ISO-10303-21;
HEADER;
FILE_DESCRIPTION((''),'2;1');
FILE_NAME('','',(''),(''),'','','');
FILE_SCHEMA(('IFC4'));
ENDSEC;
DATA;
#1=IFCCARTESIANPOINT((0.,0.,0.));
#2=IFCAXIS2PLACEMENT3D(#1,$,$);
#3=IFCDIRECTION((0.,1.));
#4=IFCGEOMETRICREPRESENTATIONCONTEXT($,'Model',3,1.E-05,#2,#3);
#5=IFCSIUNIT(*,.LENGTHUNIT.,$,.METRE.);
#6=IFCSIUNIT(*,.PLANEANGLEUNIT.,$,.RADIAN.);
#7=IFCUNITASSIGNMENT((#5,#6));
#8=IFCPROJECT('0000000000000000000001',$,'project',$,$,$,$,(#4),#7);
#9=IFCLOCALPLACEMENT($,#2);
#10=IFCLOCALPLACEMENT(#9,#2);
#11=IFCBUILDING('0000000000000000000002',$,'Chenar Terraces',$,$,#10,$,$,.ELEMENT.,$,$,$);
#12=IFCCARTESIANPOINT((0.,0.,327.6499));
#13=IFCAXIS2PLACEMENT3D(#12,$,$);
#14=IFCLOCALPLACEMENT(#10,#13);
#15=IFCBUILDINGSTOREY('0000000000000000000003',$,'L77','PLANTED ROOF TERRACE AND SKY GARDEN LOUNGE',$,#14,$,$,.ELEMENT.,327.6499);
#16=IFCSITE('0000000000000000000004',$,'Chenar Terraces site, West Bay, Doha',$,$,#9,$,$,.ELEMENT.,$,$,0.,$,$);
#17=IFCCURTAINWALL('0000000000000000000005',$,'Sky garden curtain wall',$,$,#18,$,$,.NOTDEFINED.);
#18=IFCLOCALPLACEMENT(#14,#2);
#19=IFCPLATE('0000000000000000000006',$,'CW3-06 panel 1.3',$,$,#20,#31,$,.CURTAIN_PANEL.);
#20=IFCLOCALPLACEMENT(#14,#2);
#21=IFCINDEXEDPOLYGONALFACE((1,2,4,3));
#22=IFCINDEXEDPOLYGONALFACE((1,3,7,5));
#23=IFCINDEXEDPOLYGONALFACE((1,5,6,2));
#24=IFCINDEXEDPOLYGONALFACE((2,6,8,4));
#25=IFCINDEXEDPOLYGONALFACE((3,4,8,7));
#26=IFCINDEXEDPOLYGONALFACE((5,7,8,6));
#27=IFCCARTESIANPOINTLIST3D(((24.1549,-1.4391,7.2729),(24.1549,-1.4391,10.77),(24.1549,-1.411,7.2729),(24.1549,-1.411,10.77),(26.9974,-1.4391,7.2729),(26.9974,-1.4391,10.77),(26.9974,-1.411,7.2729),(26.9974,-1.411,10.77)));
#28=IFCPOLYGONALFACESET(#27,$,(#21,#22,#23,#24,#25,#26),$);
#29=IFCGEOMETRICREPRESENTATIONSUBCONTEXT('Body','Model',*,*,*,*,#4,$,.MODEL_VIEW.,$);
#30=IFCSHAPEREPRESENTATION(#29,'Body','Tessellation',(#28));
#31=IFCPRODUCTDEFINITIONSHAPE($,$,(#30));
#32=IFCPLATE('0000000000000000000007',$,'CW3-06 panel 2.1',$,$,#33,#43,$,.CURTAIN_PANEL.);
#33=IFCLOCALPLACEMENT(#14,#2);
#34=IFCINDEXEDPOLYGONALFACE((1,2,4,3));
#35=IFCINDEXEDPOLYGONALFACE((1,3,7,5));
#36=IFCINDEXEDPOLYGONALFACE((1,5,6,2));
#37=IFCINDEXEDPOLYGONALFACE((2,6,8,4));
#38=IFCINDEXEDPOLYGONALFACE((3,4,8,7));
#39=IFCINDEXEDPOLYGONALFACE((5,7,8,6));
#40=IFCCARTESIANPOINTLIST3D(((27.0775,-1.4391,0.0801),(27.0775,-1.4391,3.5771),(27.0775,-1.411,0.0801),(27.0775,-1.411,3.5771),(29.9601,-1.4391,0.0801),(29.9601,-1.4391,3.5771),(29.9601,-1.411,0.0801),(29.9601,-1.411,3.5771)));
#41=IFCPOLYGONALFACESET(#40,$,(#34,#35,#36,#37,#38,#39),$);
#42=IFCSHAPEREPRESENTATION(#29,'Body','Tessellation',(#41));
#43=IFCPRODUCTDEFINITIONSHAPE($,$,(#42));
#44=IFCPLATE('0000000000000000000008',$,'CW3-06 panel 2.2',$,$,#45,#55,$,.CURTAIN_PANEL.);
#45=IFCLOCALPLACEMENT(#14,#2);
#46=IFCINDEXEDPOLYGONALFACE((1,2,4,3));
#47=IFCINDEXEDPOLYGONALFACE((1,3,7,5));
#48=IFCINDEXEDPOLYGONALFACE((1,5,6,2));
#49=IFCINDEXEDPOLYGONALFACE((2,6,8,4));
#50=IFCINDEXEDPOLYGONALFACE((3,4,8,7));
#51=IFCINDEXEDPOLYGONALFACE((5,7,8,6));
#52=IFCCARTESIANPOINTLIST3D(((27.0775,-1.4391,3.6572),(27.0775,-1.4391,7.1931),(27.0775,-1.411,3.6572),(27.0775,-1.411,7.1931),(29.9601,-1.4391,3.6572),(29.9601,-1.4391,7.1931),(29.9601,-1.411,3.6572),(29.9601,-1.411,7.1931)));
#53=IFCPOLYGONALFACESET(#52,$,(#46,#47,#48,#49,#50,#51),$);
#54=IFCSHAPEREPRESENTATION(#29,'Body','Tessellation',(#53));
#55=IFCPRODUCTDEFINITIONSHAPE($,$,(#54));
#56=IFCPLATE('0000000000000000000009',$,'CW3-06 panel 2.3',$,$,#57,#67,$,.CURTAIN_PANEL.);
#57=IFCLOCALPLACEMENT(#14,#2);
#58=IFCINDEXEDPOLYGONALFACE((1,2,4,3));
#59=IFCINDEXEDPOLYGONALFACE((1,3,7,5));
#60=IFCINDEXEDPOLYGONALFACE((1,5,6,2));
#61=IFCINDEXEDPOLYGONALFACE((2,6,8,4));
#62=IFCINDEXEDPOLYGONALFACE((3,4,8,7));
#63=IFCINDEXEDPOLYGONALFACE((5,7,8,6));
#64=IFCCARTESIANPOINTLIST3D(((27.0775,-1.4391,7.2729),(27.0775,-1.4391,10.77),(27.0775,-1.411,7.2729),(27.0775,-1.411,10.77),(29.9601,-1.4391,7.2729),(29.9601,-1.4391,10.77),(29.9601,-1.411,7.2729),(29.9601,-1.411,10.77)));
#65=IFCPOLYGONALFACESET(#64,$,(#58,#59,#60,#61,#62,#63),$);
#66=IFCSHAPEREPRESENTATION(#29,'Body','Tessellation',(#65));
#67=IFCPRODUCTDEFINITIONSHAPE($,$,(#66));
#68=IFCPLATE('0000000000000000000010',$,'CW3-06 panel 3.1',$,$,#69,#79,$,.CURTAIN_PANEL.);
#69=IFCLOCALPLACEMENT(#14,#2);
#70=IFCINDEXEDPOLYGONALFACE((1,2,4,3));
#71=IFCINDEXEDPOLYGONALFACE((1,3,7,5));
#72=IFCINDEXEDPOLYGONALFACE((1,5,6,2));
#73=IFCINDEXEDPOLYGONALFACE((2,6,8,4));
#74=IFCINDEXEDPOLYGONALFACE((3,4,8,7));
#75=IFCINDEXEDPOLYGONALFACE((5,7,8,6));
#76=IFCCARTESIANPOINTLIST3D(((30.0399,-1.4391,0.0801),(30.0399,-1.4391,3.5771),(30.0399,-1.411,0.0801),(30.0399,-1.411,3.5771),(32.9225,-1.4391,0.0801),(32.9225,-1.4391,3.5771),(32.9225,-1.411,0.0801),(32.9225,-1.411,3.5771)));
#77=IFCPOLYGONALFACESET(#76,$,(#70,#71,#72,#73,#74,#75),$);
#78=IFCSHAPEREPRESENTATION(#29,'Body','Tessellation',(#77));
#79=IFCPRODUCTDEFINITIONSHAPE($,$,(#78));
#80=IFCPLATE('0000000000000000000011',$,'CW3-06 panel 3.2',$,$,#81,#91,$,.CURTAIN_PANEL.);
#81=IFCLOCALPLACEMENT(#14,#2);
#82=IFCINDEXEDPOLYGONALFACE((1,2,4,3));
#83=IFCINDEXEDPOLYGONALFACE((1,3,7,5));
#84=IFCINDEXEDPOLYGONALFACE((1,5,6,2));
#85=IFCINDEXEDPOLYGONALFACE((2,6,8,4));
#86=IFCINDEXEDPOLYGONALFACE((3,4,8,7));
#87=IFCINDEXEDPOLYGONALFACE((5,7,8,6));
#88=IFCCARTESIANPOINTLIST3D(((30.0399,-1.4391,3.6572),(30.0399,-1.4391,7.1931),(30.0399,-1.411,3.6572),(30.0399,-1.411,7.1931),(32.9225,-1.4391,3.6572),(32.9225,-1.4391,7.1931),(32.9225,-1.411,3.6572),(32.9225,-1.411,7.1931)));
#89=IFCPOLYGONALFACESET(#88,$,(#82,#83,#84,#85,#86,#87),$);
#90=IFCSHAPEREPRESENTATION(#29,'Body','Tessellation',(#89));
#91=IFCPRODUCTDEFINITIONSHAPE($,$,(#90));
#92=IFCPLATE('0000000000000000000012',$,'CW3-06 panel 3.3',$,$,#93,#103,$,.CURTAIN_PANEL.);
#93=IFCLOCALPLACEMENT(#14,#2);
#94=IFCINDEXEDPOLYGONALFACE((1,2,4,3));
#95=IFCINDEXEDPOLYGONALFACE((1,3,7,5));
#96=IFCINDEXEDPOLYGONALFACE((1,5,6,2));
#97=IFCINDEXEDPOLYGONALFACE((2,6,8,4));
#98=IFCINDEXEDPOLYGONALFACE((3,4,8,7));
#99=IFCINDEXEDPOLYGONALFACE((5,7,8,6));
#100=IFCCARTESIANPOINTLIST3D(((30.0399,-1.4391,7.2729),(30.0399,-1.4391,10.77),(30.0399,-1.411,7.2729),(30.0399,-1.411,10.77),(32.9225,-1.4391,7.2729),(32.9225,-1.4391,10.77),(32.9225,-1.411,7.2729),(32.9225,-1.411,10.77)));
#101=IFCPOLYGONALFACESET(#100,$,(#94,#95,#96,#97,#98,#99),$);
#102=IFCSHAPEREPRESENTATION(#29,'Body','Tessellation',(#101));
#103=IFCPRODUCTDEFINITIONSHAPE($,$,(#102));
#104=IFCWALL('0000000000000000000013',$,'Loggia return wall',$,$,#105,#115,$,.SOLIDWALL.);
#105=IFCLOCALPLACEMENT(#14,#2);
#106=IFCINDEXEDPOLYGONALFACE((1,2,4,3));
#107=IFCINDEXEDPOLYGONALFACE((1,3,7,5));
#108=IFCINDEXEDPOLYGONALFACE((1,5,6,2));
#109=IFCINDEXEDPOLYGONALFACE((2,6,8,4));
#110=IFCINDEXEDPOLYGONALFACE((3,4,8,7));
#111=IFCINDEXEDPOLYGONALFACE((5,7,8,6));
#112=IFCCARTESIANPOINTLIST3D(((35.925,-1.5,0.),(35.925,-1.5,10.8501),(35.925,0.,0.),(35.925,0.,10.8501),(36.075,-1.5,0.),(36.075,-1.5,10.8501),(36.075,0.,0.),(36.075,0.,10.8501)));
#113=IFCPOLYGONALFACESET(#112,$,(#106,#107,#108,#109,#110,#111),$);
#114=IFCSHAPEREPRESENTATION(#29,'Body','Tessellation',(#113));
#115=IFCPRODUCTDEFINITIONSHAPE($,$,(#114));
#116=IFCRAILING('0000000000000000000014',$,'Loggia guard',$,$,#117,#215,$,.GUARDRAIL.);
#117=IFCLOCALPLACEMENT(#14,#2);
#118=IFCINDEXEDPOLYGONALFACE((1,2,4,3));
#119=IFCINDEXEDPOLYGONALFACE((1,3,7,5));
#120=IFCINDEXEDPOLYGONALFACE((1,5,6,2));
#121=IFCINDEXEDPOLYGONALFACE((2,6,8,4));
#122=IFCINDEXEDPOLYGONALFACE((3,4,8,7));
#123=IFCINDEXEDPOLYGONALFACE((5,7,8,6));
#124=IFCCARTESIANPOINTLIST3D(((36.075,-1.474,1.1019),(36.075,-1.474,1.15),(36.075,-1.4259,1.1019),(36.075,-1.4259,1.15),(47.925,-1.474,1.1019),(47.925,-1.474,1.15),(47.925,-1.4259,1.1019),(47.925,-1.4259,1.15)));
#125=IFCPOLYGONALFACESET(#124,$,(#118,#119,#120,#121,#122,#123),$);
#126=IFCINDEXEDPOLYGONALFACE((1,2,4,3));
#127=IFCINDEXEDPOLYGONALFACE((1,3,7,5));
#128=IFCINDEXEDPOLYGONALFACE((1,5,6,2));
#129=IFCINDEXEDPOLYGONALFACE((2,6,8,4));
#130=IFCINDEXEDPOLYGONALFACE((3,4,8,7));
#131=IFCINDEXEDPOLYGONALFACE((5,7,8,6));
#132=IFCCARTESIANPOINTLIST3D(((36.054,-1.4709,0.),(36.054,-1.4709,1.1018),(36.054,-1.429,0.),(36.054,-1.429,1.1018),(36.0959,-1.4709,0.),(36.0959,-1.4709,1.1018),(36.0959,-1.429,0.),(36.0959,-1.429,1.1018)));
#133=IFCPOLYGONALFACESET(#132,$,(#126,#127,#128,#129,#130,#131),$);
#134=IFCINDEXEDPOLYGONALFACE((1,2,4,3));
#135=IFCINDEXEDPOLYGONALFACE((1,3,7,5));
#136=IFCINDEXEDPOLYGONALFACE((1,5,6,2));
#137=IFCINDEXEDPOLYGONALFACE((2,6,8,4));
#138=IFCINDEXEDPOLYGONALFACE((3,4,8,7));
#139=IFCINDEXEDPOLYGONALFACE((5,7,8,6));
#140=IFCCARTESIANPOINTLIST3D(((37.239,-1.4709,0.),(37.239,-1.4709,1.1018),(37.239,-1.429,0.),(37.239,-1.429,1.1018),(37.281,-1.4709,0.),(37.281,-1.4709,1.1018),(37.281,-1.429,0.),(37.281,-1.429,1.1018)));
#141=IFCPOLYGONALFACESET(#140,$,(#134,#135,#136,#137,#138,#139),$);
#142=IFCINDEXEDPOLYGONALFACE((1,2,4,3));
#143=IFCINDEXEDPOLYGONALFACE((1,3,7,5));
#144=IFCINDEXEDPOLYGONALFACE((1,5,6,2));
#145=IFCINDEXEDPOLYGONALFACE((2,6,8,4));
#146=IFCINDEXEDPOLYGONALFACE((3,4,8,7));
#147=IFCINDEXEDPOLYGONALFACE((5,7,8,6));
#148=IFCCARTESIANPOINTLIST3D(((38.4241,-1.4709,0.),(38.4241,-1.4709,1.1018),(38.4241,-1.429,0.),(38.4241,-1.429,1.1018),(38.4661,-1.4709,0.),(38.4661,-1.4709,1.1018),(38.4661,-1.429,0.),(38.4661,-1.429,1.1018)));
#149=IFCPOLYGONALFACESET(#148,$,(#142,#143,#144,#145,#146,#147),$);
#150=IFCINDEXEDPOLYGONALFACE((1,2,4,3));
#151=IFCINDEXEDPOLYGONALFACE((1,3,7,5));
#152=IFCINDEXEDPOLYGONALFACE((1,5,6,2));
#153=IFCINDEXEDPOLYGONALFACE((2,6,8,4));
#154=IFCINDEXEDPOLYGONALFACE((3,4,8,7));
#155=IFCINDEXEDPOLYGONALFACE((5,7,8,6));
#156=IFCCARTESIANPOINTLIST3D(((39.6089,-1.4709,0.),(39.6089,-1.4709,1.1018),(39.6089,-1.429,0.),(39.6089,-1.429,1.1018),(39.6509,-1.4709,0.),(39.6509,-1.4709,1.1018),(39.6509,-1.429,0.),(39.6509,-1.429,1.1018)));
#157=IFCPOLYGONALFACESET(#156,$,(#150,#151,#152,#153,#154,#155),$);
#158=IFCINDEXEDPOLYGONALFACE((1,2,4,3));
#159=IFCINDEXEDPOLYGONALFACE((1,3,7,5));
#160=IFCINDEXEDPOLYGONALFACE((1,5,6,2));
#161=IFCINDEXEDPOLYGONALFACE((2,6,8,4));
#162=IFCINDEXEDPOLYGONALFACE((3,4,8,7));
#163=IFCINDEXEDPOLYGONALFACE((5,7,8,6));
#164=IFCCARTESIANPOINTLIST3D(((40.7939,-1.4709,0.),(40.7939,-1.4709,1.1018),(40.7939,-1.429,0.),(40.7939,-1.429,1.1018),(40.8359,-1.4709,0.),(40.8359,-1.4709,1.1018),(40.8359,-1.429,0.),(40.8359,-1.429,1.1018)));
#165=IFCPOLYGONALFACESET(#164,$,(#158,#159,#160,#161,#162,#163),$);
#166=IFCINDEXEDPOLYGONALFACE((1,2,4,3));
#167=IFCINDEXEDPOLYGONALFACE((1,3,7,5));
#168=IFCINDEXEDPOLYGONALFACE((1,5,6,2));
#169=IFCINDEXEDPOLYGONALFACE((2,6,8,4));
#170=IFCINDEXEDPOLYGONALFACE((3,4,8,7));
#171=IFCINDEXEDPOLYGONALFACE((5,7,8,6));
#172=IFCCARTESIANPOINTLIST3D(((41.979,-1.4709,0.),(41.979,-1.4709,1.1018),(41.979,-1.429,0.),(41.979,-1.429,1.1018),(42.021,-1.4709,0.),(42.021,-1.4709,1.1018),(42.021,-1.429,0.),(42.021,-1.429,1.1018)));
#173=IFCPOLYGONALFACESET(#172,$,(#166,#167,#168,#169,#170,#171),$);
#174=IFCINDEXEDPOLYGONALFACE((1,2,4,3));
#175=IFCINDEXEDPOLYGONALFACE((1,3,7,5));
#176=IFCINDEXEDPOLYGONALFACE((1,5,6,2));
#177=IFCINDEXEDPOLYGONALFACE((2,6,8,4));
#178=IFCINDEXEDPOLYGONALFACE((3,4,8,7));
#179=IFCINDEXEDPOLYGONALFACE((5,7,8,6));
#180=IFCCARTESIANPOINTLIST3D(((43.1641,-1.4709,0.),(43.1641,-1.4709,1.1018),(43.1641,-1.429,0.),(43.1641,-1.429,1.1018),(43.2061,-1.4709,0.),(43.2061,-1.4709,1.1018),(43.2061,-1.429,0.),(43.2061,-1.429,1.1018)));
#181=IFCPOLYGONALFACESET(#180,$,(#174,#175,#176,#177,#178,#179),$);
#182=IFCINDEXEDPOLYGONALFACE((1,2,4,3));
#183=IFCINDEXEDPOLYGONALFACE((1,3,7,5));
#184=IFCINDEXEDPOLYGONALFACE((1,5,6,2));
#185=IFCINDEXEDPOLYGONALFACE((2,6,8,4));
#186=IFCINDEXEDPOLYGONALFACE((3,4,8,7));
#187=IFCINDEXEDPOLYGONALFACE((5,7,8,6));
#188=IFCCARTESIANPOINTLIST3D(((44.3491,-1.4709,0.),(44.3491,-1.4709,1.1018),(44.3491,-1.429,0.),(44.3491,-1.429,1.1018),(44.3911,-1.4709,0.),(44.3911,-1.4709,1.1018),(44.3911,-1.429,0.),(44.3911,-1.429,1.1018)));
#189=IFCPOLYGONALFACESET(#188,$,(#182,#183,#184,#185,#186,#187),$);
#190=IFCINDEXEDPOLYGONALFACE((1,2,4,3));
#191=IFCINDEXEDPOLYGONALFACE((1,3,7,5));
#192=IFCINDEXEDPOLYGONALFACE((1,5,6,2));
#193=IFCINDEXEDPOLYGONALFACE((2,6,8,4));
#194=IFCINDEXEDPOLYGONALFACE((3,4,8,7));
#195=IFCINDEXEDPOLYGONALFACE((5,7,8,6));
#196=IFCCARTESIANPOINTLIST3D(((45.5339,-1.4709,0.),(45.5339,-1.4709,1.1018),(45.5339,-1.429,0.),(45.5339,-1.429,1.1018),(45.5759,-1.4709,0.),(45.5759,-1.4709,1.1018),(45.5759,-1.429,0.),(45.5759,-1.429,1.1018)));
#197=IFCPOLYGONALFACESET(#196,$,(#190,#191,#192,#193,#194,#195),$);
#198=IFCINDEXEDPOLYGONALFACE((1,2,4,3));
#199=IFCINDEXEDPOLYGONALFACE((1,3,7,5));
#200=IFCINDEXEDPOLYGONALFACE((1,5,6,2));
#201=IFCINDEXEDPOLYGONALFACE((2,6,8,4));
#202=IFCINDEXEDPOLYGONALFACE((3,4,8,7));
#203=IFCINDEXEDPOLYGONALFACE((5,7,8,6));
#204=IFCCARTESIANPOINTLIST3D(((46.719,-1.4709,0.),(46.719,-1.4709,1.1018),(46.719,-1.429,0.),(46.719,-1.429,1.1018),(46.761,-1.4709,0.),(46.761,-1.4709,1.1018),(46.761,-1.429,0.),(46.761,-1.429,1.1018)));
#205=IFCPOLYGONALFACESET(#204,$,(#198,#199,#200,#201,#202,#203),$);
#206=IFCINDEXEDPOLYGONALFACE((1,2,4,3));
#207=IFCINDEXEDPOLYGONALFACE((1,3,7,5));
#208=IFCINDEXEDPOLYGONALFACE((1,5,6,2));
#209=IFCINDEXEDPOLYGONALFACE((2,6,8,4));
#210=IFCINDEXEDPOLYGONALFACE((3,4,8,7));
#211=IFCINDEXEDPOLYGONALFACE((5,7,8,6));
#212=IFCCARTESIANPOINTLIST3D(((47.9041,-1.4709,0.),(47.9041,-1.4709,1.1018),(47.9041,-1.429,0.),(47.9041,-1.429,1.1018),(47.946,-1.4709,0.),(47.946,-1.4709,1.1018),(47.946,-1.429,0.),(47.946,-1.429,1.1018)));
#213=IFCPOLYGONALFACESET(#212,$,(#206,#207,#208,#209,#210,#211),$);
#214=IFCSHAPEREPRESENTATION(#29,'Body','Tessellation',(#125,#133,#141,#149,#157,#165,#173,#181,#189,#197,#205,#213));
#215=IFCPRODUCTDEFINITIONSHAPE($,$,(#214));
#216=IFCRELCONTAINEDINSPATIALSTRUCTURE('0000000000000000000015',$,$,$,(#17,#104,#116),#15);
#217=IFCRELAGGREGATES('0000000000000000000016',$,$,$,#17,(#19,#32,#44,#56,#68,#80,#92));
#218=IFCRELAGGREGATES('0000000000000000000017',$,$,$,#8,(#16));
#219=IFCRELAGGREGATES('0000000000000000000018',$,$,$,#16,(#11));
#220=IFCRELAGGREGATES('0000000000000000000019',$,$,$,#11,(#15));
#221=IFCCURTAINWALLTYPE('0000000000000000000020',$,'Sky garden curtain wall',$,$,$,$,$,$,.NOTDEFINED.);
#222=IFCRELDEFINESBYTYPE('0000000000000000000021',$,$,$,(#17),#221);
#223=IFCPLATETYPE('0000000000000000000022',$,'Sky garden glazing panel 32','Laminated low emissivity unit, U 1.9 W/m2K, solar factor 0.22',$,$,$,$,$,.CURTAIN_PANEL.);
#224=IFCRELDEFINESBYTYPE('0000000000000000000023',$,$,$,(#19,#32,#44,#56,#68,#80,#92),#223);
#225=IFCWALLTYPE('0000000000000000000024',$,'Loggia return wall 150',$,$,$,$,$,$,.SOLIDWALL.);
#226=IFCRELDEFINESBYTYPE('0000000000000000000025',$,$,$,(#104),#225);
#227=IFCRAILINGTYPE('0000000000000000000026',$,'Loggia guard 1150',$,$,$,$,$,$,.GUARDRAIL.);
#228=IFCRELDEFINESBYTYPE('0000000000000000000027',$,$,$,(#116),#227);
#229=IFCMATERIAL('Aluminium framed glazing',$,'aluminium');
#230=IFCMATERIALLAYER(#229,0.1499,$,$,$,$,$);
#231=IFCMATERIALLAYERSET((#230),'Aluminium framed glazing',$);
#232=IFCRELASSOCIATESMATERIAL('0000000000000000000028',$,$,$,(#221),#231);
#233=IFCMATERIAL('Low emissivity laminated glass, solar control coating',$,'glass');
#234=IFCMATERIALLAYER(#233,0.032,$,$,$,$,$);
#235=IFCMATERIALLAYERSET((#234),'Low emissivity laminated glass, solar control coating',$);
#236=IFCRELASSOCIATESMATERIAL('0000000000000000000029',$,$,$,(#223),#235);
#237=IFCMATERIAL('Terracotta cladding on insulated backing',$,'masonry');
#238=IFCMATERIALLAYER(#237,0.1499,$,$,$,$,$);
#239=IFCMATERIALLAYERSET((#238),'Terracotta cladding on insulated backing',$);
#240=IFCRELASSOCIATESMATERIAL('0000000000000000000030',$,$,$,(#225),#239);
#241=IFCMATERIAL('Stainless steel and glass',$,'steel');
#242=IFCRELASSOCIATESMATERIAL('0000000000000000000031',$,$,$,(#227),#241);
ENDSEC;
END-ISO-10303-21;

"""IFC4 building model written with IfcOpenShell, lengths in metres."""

from ifc_helpers import new_model, si_unit, direction, frame, frame_2d, origin, origin_2d, place, context, subcontext, project, spatial, rectangle, extrude, material, layer, layer_set, type_object, element, aggregate, save


model = new_model("IFC4")

# Units and contexts
model_context = context("Model", 3, precision=1e-05, world=origin(), true_north=direction((0.0, 1.0)))
body_context = subcontext(model_context, "Body", "Model", "MODEL_VIEW")
ifc_project = project(units=[si_unit("LENGTHUNIT", "METRE"), si_unit("PLANEANGLEUNIT", "RADIAN")], contexts=[model_context])

# Site, building, storey
site_placement = place(None, origin())
site = spatial("IfcSite", under=ifc_project, at=site_placement, Name="Chenar Terraces site, West Bay, Doha", CompositionType="ELEMENT", RefElevation=0.0)
building_placement = place(site_placement, origin())
building = spatial("IfcBuilding", under=site, at=building_placement, Name="Chenar Terraces", CompositionType="ELEMENT")
storey_placement = place(building_placement, frame((0.0, 0.0, 327.6499)))
storey = spatial("IfcBuildingStorey", under=building, at=storey_placement, Name="L77", Description="PLANTED ROOF TERRACE AND SKY GARDEN LOUNGE", CompositionType="ELEMENT", Elevation=327.6499)

# Curtain wall, plates
ifc_material_1 = material(Name="Aluminium framed glazing", Category="aluminium")
ifc_layer_1 = layer(ifc_material_1, 0.1499)
ifc_layer_set_1 = layer_set([ifc_layer_1], Name="Aluminium framed glazing")
curtain_wall_type = type_object("IfcCurtainWallType", Name="Sky garden curtain wall", PredefinedType="NOTDEFINED", material=ifc_layer_set_1)
curtain_wall_placement = place(storey_placement, origin())
curtain_wall = element("IfcCurtainWall", 1, at=curtain_wall_placement, inside=storey, type_object=curtain_wall_type, Name="Sky garden curtain wall", PredefinedType="NOTDEFINED")
ifc_material_2 = material(Name="Low emissivity laminated glass, solar control coating", Category="glass")
ifc_layer_2 = layer(ifc_material_2, 0.032)
ifc_layer_set_2 = layer_set([ifc_layer_2], Name="Low emissivity laminated glass, solar control coating")
plate_type = type_object("IfcPlateType", Name="Sky garden glazing panel 32", Description="Laminated low emissivity unit, U 1.9 W/m2K, solar factor 0.22", PredefinedType="CURTAIN_PANEL", material=ifc_layer_set_2)
plate_1_placement = place(storey_placement, frame((25.5762, -1.425, 7.2729), z_axis=(0.0, 0.0, 1.0), x_axis=(1.0, 0.0, 0.0)))
plate_1 = element("IfcPlate", 2, at=plate_1_placement, type_object=plate_type, Name="CW3-06 panel 1.3", PredefinedType="CURTAIN_PANEL", context=body_context, shape_type="SweptSolid", body=[
    extrude(rectangle(XDim=2.8425, YDim=0.0281, at=origin_2d()), origin(), (0.0, 0.0, 1.0), 3.4971),
])
plate_2_placement = place(storey_placement, frame((28.5188, -1.425, 0.0801), z_axis=(0.0, 0.0, 1.0), x_axis=(1.0, 0.0, 0.0)))
plate_2 = element("IfcPlate", 3, at=plate_2_placement, type_object=plate_type, Name="CW3-06 panel 2.1", PredefinedType="CURTAIN_PANEL", context=body_context, shape_type="SweptSolid", body=[
    extrude(rectangle(XDim=2.8826, YDim=0.0281, at=origin_2d()), origin(), (0.0, 0.0, 1.0), 3.4971),
])
plate_3_placement = place(storey_placement, frame((28.5188, -1.425, 3.6572), z_axis=(0.0, 0.0, 1.0), x_axis=(1.0, 0.0, 0.0)))
plate_3 = element("IfcPlate", 4, at=plate_3_placement, type_object=plate_type, Name="CW3-06 panel 2.2", PredefinedType="CURTAIN_PANEL", context=body_context, shape_type="SweptSolid", body=[
    extrude(rectangle(XDim=2.8826, YDim=0.0281, at=origin_2d()), origin(), (0.0, 0.0, 1.0), 3.5359),
])
plate_4_placement = place(storey_placement, frame((28.5188, -1.425, 7.2729), z_axis=(0.0, 0.0, 1.0), x_axis=(1.0, 0.0, 0.0)))
plate_4 = element("IfcPlate", 5, at=plate_4_placement, type_object=plate_type, Name="CW3-06 panel 2.3", PredefinedType="CURTAIN_PANEL", context=body_context, shape_type="SweptSolid", body=[
    extrude(rectangle(XDim=2.8826, YDim=0.0281, at=origin_2d()), origin(), (0.0, 0.0, 1.0), 3.4971),
])
plate_5_placement = place(storey_placement, frame((31.4812, -1.425, 0.0801), z_axis=(0.0, 0.0, 1.0), x_axis=(1.0, 0.0, 0.0)))
plate_5 = element("IfcPlate", 6, at=plate_5_placement, type_object=plate_type, Name="CW3-06 panel 3.1", PredefinedType="CURTAIN_PANEL", context=body_context, shape_type="SweptSolid", body=[
    extrude(rectangle(XDim=2.8826, YDim=0.0281, at=origin_2d()), origin(), (0.0, 0.0, 1.0), 3.4971),
])
plate_6_placement = place(storey_placement, frame((31.4812, -1.425, 3.6572), z_axis=(0.0, 0.0, 1.0), x_axis=(1.0, 0.0, 0.0)))
plate_6 = element("IfcPlate", 7, at=plate_6_placement, type_object=plate_type, Name="CW3-06 panel 3.2", PredefinedType="CURTAIN_PANEL", context=body_context, shape_type="SweptSolid", body=[
    extrude(rectangle(XDim=2.8826, YDim=0.0281, at=origin_2d()), origin(), (0.0, 0.0, 1.0), 3.5359),
])
plate_7_placement = place(storey_placement, frame((31.4812, -1.425, 7.2729), z_axis=(0.0, 0.0, 1.0), x_axis=(1.0, 0.0, 0.0)))
plate_7 = element("IfcPlate", 8, at=plate_7_placement, type_object=plate_type, Name="CW3-06 panel 3.3", PredefinedType="CURTAIN_PANEL", context=body_context, shape_type="SweptSolid", body=[
    extrude(rectangle(XDim=2.8826, YDim=0.0281, at=origin_2d()), origin(), (0.0, 0.0, 1.0), 3.4971),
])
aggregate(curtain_wall, [plate_1, plate_2, plate_3, plate_4, plate_5, plate_6, plate_7])

# Wall
ifc_material_3 = material(Name="Terracotta cladding on insulated backing", Category="masonry")
ifc_layer_3 = layer(ifc_material_3, 0.1499)
ifc_layer_set_3 = layer_set([ifc_layer_3], Name="Terracotta cladding on insulated backing")
wall_type = type_object("IfcWallType", Name="Loggia return wall 150", PredefinedType="SOLIDWALL", material=ifc_layer_set_3)
wall_placement = place(storey_placement, frame((36.0, -1.5, 0.0), z_axis=(0.0, 0.0, 1.0), x_axis=(0.0, 1.0, 0.0)))
element("IfcWall", 9, at=wall_placement, inside=storey, type_object=wall_type, Name="Loggia return wall", PredefinedType="SOLIDWALL", context=body_context, shape_type="SweptSolid", body=[
    extrude(rectangle(XDim=1.5, YDim=0.1499, at=frame_2d((0.75, 0.0))), origin(), (0.0, 0.0, 1.0), 10.8501),
])

# Railing
ifc_material_4 = material(Name="Stainless steel and glass", Category="steel")
railing_type = type_object("IfcRailingType", Name="Loggia guard 1150", PredefinedType="GUARDRAIL", material=ifc_material_4)
railing_placement = place(storey_placement, frame((36.075, -1.45, 0.0)))
element("IfcRailing", 10, at=railing_placement, inside=storey, type_object=railing_type, Name="Loggia guard", PredefinedType="GUARDRAIL", context=body_context, shape_type="SweptSolid", body=[
    extrude(rectangle(XDim=0.0481, YDim=0.0481, at=origin_2d()), frame((0.0, 0.0, 1.126), z_axis=(1.0, 0.0, 0.0), x_axis=(0.0, 1.0, 0.0)), (0.0, 0.0, 1.0), 11.8501),
    extrude(rectangle(XDim=0.042, YDim=0.042, at=origin_2d()), origin(), (0.0, 0.0, 1.0), 1.1018),
    extrude(rectangle(XDim=0.042, YDim=0.042, at=origin_2d()), frame((1.1851, 0.0, 0.0)), (0.0, 0.0, 1.0), 1.1018),
    extrude(rectangle(XDim=0.042, YDim=0.042, at=origin_2d()), frame((2.3701, 0.0, 0.0)), (0.0, 0.0, 1.0), 1.1018),
    extrude(rectangle(XDim=0.042, YDim=0.042, at=origin_2d()), frame((3.5549, 0.0, 0.0)), (0.0, 0.0, 1.0), 1.1018),
    extrude(rectangle(XDim=0.042, YDim=0.042, at=origin_2d()), frame((4.74, 0.0, 0.0)), (0.0, 0.0, 1.0), 1.1018),
    extrude(rectangle(XDim=0.042, YDim=0.042, at=origin_2d()), frame((5.925, 0.0, 0.0)), (0.0, 0.0, 1.0), 1.1018),
    extrude(rectangle(XDim=0.042, YDim=0.042, at=origin_2d()), frame((7.1101, 0.0, 0.0)), (0.0, 0.0, 1.0), 1.1018),
    extrude(rectangle(XDim=0.042, YDim=0.042, at=origin_2d()), frame((8.2952, 0.0, 0.0)), (0.0, 0.0, 1.0), 1.1018),
    extrude(rectangle(XDim=0.042, YDim=0.042, at=origin_2d()), frame((9.48, 0.0, 0.0)), (0.0, 0.0, 1.0), 1.1018),
    extrude(rectangle(XDim=0.042, YDim=0.042, at=origin_2d()), frame((10.665, 0.0, 0.0)), (0.0, 0.0, 1.0), 1.1018),
    extrude(rectangle(XDim=0.042, YDim=0.042, at=origin_2d()), frame((11.8501, 0.0, 0.0)), (0.0, 0.0, 1.0), 1.1018),
])

save(model, "model.ifc")
